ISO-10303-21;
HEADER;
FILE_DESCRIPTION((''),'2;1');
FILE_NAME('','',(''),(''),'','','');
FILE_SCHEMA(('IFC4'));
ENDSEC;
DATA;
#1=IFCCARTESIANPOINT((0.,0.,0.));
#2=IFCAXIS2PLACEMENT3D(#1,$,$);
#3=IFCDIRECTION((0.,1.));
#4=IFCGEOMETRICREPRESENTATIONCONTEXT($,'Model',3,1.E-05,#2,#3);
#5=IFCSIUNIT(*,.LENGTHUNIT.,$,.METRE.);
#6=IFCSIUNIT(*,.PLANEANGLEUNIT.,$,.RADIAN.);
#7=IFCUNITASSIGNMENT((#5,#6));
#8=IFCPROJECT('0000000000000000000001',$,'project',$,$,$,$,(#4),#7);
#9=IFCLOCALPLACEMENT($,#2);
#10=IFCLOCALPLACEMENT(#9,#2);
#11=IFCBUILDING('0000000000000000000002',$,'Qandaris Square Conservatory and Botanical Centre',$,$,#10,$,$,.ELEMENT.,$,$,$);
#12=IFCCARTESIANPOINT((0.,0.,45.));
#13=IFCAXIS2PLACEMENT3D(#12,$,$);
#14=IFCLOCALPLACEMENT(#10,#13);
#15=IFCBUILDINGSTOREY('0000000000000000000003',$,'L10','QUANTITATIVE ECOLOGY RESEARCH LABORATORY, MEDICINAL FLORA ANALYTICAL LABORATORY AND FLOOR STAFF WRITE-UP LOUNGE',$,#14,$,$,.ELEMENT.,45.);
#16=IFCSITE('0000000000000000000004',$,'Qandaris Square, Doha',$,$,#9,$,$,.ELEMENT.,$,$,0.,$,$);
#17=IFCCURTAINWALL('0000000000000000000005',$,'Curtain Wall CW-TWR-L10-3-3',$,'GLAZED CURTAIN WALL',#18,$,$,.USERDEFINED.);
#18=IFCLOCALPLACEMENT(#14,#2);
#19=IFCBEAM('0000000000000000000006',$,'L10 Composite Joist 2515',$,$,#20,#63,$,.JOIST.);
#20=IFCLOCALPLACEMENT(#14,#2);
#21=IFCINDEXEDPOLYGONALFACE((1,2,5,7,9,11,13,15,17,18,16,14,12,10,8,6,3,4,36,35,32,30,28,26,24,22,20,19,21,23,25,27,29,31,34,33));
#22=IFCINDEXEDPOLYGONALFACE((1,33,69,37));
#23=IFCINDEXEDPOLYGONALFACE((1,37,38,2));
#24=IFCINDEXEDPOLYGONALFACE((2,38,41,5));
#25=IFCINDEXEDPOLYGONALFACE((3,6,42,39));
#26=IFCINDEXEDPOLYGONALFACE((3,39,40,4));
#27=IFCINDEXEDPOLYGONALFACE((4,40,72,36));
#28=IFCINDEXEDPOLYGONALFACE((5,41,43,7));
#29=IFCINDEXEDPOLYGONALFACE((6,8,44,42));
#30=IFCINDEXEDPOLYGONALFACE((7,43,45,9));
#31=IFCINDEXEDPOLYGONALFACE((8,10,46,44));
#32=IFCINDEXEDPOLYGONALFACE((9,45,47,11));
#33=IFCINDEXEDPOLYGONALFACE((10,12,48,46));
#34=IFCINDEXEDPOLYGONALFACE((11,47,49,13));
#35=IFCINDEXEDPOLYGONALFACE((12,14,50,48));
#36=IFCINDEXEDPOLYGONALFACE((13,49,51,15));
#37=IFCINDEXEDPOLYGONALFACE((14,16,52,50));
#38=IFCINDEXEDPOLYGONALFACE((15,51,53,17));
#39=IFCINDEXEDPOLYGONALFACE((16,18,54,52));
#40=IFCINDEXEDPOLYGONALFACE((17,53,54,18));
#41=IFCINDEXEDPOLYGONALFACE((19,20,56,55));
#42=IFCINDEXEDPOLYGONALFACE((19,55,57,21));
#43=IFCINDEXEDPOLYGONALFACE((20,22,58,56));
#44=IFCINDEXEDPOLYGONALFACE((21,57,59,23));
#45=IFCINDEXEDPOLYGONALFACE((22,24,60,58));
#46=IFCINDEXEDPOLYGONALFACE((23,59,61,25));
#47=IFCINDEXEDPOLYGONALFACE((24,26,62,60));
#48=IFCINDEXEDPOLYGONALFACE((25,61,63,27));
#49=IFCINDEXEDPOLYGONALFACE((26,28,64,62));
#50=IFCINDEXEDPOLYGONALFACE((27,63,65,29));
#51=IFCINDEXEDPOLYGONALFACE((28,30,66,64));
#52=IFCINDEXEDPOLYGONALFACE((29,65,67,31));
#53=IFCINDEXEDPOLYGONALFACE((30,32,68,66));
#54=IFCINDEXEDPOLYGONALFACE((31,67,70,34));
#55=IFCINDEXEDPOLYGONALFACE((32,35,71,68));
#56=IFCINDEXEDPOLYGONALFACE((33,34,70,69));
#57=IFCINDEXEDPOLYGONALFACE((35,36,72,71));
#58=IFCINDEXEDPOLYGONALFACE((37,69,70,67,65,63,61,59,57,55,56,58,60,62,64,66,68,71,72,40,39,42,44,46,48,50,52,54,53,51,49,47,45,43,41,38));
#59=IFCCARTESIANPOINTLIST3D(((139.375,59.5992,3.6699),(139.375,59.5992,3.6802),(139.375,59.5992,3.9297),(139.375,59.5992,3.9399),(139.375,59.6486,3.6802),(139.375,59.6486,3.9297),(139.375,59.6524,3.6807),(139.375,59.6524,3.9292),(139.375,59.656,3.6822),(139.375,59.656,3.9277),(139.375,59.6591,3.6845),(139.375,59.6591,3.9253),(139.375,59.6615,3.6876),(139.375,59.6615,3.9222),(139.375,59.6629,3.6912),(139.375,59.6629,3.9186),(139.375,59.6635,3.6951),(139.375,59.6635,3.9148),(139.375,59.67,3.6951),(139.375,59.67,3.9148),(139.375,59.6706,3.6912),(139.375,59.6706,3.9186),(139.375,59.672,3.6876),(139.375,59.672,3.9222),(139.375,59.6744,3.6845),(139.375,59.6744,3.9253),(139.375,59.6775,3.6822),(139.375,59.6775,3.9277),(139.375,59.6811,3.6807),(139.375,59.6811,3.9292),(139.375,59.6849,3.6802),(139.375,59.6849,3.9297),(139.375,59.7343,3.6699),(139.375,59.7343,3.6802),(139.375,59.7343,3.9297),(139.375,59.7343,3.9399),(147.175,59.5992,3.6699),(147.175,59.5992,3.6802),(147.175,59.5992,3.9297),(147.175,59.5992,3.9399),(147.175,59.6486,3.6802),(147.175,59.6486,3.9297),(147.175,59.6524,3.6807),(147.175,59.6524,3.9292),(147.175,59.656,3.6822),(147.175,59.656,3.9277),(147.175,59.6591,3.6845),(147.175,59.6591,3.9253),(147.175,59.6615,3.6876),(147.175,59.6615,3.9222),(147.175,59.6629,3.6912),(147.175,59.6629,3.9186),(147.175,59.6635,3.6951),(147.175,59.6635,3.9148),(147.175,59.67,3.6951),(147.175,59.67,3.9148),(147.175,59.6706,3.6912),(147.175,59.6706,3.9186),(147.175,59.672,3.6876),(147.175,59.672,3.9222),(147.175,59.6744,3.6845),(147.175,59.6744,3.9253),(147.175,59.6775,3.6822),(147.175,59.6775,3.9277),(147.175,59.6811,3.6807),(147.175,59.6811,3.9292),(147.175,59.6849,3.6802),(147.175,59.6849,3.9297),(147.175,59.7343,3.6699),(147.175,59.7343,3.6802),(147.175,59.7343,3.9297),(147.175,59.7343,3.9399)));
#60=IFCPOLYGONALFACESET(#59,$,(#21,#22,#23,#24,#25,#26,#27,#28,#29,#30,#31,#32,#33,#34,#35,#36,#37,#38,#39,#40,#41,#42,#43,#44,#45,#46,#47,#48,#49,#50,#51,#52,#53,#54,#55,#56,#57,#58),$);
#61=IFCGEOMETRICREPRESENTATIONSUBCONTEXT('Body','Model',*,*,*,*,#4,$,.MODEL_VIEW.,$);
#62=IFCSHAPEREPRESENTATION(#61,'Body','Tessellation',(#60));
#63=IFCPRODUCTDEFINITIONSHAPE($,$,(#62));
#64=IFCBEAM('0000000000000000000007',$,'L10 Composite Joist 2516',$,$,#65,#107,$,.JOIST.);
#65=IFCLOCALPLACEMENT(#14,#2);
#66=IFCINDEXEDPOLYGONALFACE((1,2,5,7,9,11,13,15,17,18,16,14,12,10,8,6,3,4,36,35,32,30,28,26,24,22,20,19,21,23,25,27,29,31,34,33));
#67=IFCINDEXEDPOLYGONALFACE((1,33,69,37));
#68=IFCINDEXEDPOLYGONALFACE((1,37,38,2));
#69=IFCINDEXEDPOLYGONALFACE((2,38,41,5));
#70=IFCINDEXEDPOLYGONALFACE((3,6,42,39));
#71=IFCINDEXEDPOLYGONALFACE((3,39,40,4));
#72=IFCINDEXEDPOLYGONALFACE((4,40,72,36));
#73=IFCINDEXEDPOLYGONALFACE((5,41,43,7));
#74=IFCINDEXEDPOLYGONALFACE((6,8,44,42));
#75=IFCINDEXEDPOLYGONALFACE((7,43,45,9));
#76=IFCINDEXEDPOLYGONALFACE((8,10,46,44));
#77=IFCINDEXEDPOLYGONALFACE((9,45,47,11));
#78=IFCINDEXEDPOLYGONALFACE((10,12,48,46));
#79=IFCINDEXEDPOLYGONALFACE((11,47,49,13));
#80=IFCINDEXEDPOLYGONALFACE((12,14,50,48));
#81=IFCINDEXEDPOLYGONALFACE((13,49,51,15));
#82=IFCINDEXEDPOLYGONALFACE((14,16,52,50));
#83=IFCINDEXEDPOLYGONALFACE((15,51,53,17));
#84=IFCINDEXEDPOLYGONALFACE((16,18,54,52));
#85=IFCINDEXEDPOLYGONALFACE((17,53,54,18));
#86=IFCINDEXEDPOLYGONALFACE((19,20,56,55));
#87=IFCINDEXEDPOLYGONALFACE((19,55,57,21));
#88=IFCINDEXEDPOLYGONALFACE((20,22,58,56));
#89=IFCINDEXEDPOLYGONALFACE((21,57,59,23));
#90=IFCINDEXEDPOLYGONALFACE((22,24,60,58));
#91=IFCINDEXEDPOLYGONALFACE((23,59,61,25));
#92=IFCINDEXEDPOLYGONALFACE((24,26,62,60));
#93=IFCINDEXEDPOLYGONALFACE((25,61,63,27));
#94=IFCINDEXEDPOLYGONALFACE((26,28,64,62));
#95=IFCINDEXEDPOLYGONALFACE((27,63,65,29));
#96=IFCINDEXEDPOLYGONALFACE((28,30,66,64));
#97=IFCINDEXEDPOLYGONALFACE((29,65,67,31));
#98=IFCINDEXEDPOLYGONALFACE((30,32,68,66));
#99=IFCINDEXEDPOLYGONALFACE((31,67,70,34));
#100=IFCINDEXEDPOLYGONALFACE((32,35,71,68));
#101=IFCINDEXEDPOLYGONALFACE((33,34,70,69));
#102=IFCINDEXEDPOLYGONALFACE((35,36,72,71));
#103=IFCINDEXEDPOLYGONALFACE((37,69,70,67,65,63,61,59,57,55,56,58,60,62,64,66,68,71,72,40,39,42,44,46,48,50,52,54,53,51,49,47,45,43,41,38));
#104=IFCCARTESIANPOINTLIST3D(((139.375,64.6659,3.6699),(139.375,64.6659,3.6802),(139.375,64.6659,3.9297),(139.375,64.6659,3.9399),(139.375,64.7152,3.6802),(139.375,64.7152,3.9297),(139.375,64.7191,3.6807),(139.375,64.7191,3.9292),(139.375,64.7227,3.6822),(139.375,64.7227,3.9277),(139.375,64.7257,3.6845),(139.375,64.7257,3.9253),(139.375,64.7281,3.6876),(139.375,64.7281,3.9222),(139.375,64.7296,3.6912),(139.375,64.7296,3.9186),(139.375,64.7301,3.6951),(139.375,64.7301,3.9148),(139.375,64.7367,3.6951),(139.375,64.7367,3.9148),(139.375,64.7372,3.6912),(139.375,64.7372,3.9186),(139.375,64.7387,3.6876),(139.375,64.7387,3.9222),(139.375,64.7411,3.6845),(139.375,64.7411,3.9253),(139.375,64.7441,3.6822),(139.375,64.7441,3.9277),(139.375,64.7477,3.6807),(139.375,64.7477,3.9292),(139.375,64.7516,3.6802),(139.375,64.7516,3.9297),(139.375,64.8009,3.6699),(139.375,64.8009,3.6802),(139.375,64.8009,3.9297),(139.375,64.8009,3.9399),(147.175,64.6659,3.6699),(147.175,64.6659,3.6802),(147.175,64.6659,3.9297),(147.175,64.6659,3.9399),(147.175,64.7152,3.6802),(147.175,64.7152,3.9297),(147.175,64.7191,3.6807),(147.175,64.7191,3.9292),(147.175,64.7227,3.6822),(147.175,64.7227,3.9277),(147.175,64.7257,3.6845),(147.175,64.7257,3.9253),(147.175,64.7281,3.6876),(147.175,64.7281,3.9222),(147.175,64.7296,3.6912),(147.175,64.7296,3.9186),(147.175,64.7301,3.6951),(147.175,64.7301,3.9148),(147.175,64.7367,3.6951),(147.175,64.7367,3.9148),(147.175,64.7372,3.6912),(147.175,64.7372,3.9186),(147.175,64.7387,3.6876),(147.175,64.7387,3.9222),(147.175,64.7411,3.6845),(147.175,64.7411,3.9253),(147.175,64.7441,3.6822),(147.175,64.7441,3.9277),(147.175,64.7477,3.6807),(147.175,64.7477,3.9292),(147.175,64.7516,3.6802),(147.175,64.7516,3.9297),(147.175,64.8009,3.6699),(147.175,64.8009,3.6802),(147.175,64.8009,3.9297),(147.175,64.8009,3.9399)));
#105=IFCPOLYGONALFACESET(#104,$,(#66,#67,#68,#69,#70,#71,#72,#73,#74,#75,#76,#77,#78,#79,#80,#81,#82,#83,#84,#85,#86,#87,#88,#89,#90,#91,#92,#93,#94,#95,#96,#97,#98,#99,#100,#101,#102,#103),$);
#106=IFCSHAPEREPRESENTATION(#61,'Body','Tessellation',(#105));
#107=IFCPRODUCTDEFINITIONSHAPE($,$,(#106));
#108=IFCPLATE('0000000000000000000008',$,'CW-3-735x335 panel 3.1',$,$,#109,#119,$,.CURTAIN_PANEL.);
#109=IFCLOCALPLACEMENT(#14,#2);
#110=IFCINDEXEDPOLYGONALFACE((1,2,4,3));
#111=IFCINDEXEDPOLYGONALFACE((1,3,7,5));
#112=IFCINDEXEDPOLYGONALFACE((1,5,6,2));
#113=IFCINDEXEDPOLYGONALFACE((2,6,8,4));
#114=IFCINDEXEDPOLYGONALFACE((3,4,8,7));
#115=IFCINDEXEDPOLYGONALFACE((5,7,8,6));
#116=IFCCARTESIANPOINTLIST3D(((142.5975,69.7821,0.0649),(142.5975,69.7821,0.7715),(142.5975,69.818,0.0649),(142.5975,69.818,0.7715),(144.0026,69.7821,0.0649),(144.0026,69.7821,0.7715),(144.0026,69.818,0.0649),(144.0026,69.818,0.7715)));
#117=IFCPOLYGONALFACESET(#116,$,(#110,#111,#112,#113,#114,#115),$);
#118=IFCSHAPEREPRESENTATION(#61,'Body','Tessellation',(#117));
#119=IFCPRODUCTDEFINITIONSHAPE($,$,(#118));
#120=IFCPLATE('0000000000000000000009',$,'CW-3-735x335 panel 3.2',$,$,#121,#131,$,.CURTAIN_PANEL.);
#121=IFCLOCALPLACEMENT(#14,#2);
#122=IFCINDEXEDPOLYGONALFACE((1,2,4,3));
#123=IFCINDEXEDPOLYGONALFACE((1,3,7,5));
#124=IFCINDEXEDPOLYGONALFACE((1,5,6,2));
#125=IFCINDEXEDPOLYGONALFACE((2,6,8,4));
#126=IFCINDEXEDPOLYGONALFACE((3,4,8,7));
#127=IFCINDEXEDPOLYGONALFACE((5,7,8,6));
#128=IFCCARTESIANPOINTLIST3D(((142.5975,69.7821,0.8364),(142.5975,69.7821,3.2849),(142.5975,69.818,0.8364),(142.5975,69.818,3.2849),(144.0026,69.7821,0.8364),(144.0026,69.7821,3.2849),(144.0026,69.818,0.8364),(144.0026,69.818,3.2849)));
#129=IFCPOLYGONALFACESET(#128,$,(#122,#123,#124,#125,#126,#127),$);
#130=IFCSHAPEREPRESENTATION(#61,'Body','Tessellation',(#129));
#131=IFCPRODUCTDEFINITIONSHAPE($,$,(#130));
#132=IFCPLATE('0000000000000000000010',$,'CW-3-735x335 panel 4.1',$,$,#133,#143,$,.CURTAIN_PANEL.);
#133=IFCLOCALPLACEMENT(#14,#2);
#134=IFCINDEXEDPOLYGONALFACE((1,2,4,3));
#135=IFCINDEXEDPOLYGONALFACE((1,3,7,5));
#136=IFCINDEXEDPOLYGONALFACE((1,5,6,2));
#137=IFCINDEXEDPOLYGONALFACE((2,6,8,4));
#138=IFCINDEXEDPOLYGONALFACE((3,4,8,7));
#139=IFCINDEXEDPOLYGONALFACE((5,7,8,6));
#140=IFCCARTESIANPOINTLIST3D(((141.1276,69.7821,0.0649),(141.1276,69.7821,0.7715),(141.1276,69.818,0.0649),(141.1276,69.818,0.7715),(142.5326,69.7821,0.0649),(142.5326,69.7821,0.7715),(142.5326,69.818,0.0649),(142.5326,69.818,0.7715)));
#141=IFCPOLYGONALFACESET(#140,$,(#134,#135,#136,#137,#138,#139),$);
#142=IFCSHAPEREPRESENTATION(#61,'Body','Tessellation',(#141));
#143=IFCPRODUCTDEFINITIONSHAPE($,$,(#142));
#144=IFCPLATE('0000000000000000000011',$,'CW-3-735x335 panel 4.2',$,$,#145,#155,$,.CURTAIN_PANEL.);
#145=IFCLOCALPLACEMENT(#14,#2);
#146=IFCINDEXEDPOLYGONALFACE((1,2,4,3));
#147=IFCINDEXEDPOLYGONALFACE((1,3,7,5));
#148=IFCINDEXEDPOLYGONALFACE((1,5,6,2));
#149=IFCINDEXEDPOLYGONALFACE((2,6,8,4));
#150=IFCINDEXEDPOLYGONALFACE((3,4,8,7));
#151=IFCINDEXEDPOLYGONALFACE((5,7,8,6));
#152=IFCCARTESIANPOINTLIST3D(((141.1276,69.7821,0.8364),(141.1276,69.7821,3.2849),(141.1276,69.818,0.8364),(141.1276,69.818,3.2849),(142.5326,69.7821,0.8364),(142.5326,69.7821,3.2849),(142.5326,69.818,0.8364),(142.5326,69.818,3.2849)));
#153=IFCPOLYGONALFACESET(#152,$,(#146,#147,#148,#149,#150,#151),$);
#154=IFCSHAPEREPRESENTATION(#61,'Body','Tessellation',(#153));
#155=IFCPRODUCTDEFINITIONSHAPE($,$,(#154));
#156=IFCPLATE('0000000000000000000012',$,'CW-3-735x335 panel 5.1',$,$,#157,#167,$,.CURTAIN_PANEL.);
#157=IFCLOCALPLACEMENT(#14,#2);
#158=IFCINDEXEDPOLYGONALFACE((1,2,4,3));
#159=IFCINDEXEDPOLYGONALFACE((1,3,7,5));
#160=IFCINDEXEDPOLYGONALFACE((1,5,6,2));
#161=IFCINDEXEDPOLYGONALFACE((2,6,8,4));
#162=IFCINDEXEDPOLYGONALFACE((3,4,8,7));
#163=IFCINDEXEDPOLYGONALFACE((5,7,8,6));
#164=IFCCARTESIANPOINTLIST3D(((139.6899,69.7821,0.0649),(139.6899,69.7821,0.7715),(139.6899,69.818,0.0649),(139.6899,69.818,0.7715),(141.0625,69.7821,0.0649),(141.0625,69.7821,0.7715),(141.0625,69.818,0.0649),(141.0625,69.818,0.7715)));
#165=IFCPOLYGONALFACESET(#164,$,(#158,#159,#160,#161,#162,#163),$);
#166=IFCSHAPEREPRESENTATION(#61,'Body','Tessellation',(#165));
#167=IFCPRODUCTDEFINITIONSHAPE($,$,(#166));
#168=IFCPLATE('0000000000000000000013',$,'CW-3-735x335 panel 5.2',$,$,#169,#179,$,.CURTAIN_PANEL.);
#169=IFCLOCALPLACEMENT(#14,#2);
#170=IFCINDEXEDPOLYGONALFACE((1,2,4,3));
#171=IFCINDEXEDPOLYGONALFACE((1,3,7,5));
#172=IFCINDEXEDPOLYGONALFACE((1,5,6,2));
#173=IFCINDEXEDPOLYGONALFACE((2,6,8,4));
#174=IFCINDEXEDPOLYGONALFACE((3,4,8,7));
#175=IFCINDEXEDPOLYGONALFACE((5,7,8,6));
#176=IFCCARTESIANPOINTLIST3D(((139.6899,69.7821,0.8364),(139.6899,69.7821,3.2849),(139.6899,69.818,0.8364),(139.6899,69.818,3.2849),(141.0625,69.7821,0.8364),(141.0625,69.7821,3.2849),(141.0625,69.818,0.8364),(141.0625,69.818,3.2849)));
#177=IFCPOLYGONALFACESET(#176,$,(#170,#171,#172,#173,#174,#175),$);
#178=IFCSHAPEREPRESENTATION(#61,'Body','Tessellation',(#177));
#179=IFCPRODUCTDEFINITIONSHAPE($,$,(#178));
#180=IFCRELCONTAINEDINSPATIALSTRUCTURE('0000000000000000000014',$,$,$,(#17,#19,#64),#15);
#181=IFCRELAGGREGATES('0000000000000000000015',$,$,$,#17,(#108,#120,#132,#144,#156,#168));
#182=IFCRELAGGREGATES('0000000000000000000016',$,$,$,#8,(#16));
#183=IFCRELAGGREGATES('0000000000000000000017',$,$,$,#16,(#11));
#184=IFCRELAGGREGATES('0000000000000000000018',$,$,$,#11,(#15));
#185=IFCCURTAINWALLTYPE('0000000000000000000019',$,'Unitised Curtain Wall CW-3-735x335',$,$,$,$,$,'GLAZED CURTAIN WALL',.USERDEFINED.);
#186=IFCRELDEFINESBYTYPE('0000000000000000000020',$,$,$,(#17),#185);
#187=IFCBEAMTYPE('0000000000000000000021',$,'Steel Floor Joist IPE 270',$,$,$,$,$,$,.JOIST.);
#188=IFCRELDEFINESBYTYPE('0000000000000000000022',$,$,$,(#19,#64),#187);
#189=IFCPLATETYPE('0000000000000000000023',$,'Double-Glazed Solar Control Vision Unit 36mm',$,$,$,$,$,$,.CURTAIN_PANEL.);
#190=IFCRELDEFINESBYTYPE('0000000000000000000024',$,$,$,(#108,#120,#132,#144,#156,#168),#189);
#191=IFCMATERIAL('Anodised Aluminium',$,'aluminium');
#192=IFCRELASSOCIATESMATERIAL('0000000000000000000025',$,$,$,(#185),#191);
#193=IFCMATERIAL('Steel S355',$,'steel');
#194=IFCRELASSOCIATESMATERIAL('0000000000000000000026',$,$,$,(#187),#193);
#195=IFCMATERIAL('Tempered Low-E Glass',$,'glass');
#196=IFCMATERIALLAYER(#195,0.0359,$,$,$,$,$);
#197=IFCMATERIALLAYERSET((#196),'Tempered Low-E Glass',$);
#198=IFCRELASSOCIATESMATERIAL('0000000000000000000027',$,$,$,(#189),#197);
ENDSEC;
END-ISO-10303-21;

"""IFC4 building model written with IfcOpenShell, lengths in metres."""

from ifc_helpers import new_model, si_unit, direction, frame, origin, origin_2d, place, context, subcontext, project, spatial, rectangle, i_section, extrude, material, layer, layer_set, material_profile, profile_set, type_object, element, aggregate, save


model = new_model("IFC4")

# Units and contexts
model_context = context("Model", 3, precision=1e-05, world=origin(), true_north=direction((0.0, 1.0)))
body_context = subcontext(model_context, "Body", "Model", "MODEL_VIEW")
ifc_project = project(units=[si_unit("LENGTHUNIT", "METRE"), si_unit("PLANEANGLEUNIT", "RADIAN")], contexts=[model_context])

# Site, building, storey
site_placement = place(None, origin())
site = spatial("IfcSite", under=ifc_project, at=site_placement, Name="Qandaris Square, Doha", CompositionType="ELEMENT", RefElevation=0.0)
building_placement = place(site_placement, origin())
building = spatial("IfcBuilding", under=site, at=building_placement, Name="Qandaris Square Conservatory and Botanical Centre", CompositionType="ELEMENT")
storey_placement = place(building_placement, frame((0.0, 0.0, 45.0)))
storey = spatial("IfcBuildingStorey", under=building, at=storey_placement, Name="L10", Description="QUANTITATIVE ECOLOGY RESEARCH LABORATORY, MEDICINAL FLORA ANALYTICAL LABORATORY AND FLOOR STAFF WRITE-UP LOUNGE", CompositionType="ELEMENT", Elevation=45.0)

# Shared definitions
ifc_material_1 = material(Name="Steel S355", Category="steel")

# Curtain wall
ifc_material_2 = material(Name="Anodised Aluminium", Category="aluminium")
curtain_wall_type = type_object("IfcCurtainWallType", Name="Unitised Curtain Wall CW-3-735x335", ElementType="GLAZED CURTAIN WALL", PredefinedType="USERDEFINED", material=ifc_material_2)
curtain_wall_placement = place(storey_placement, origin())
curtain_wall = element("IfcCurtainWall", 1, at=curtain_wall_placement, inside=storey, type_object=curtain_wall_type, Name="Curtain Wall CW-TWR-L10-3-3", ObjectType="GLAZED CURTAIN WALL", PredefinedType="USERDEFINED")

# Beams
ifc_material_profile_1 = material_profile(ifc_material_1, i_section(OverallWidth=0.135, OverallDepth=0.27, WebThickness=0.0066, FlangeThickness=0.0103, FilletRadius=0.0149, at=origin_2d()), Name="IPE 270")
ifc_profile_set_1 = profile_set([ifc_material_profile_1], Name="Steel S355")
beam_type_1 = type_object("IfcBeamType", Name="Steel Floor Joist IPE 270", PredefinedType="JOIST", material=ifc_profile_set_1)
for number, where, z_axis, x_axis, name in (
    (2, (139.375, 59.6667, 3.8049), (1.0, 0.0, 0.0), (0.0, 1.0, 0.0), "L10 Composite Joist 2515"),
    (3, (139.375, 64.7334, 3.8049), (1.0, 0.0, 0.0), (0.0, 1.0, 0.0), "L10 Composite Joist 2516"),
):
    element("IfcBeam", number, at=place(storey_placement, frame(where, z_axis=z_axis, x_axis=x_axis)), inside=storey, type_object=beam_type_1, Name=name, PredefinedType="JOIST", context=body_context, shape_type="SweptSolid", body=[
        extrude(i_section(OverallWidth=0.135, OverallDepth=0.27, WebThickness=0.0066, FlangeThickness=0.0103, FilletRadius=0.0149, at=origin_2d()), origin(), (0.0, 0.0, 1.0), 7.8),
    ])

# Plates
ifc_material_3 = material(Name="Tempered Low-E Glass", Category="glass")
ifc_layer_1 = layer(ifc_material_3, 0.0359)
ifc_layer_set_1 = layer_set([ifc_layer_1], Name="Tempered Low-E Glass")
plate_type = type_object("IfcPlateType", Name="Double-Glazed Solar Control Vision Unit 36mm", PredefinedType="CURTAIN_PANEL", material=ifc_layer_set_1)
plate_1_placement = place(storey_placement, frame((143.3, 69.8, 0.0649), z_axis=(0.0, 0.0, 1.0), x_axis=(-1.0, 0.0, 0.0)))
plate_1 = element("IfcPlate", 4, at=plate_1_placement, type_object=plate_type, Name="CW-3-735x335 panel 3.1", PredefinedType="CURTAIN_PANEL", context=body_context, shape_type="SweptSolid", body=[
    extrude(rectangle(XDim=1.405, YDim=0.0359, at=origin_2d()), origin(), (0.0, 0.0, 1.0), 0.7065),
])
plate_2_placement = place(storey_placement, frame((143.3, 69.8, 0.8364), z_axis=(0.0, 0.0, 1.0), x_axis=(-1.0, 0.0, 0.0)))
plate_2 = element("IfcPlate", 5, at=plate_2_placement, type_object=plate_type, Name="CW-3-735x335 panel 3.2", PredefinedType="CURTAIN_PANEL", context=body_context, shape_type="SweptSolid", body=[
    extrude(rectangle(XDim=1.405, YDim=0.0359, at=origin_2d()), origin(), (0.0, 0.0, 1.0), 2.4485),
])
plate_3_placement = place(storey_placement, frame((141.8301, 69.8, 0.0649), z_axis=(0.0, 0.0, 1.0), x_axis=(-1.0, 0.0, 0.0)))
plate_3 = element("IfcPlate", 6, at=plate_3_placement, type_object=plate_type, Name="CW-3-735x335 panel 4.1", PredefinedType="CURTAIN_PANEL", context=body_context, shape_type="SweptSolid", body=[
    extrude(rectangle(XDim=1.405, YDim=0.0359, at=origin_2d()), origin(), (0.0, 0.0, 1.0), 0.7065),
])
plate_4_placement = place(storey_placement, frame((141.8301, 69.8, 0.8364), z_axis=(0.0, 0.0, 1.0), x_axis=(-1.0, 0.0, 0.0)))
plate_4 = element("IfcPlate", 7, at=plate_4_placement, type_object=plate_type, Name="CW-3-735x335 panel 4.2", PredefinedType="CURTAIN_PANEL", context=body_context, shape_type="SweptSolid", body=[
    extrude(rectangle(XDim=1.405, YDim=0.0359, at=origin_2d()), origin(), (0.0, 0.0, 1.0), 2.4485),
])
plate_5_placement = place(storey_placement, frame((140.3762, 69.8, 0.0649), z_axis=(0.0, 0.0, 1.0), x_axis=(-1.0, 0.0, 0.0)))
plate_5 = element("IfcPlate", 8, at=plate_5_placement, type_object=plate_type, Name="CW-3-735x335 panel 5.1", PredefinedType="CURTAIN_PANEL", context=body_context, shape_type="SweptSolid", body=[
    extrude(rectangle(XDim=1.3726, YDim=0.0359, at=origin_2d()), origin(), (0.0, 0.0, 1.0), 0.7065),
])
plate_6_placement = place(storey_placement, frame((140.3762, 69.8, 0.8364), z_axis=(0.0, 0.0, 1.0), x_axis=(-1.0, 0.0, 0.0)))
plate_6 = element("IfcPlate", 9, at=plate_6_placement, type_object=plate_type, Name="CW-3-735x335 panel 5.2", PredefinedType="CURTAIN_PANEL", context=body_context, shape_type="SweptSolid", body=[
    extrude(rectangle(XDim=1.3726, YDim=0.0359, at=origin_2d()), origin(), (0.0, 0.0, 1.0), 2.4485),
])
aggregate(curtain_wall, [plate_1, plate_2, plate_3, plate_4, plate_5, plate_6])

save(model, "model.ifc")
